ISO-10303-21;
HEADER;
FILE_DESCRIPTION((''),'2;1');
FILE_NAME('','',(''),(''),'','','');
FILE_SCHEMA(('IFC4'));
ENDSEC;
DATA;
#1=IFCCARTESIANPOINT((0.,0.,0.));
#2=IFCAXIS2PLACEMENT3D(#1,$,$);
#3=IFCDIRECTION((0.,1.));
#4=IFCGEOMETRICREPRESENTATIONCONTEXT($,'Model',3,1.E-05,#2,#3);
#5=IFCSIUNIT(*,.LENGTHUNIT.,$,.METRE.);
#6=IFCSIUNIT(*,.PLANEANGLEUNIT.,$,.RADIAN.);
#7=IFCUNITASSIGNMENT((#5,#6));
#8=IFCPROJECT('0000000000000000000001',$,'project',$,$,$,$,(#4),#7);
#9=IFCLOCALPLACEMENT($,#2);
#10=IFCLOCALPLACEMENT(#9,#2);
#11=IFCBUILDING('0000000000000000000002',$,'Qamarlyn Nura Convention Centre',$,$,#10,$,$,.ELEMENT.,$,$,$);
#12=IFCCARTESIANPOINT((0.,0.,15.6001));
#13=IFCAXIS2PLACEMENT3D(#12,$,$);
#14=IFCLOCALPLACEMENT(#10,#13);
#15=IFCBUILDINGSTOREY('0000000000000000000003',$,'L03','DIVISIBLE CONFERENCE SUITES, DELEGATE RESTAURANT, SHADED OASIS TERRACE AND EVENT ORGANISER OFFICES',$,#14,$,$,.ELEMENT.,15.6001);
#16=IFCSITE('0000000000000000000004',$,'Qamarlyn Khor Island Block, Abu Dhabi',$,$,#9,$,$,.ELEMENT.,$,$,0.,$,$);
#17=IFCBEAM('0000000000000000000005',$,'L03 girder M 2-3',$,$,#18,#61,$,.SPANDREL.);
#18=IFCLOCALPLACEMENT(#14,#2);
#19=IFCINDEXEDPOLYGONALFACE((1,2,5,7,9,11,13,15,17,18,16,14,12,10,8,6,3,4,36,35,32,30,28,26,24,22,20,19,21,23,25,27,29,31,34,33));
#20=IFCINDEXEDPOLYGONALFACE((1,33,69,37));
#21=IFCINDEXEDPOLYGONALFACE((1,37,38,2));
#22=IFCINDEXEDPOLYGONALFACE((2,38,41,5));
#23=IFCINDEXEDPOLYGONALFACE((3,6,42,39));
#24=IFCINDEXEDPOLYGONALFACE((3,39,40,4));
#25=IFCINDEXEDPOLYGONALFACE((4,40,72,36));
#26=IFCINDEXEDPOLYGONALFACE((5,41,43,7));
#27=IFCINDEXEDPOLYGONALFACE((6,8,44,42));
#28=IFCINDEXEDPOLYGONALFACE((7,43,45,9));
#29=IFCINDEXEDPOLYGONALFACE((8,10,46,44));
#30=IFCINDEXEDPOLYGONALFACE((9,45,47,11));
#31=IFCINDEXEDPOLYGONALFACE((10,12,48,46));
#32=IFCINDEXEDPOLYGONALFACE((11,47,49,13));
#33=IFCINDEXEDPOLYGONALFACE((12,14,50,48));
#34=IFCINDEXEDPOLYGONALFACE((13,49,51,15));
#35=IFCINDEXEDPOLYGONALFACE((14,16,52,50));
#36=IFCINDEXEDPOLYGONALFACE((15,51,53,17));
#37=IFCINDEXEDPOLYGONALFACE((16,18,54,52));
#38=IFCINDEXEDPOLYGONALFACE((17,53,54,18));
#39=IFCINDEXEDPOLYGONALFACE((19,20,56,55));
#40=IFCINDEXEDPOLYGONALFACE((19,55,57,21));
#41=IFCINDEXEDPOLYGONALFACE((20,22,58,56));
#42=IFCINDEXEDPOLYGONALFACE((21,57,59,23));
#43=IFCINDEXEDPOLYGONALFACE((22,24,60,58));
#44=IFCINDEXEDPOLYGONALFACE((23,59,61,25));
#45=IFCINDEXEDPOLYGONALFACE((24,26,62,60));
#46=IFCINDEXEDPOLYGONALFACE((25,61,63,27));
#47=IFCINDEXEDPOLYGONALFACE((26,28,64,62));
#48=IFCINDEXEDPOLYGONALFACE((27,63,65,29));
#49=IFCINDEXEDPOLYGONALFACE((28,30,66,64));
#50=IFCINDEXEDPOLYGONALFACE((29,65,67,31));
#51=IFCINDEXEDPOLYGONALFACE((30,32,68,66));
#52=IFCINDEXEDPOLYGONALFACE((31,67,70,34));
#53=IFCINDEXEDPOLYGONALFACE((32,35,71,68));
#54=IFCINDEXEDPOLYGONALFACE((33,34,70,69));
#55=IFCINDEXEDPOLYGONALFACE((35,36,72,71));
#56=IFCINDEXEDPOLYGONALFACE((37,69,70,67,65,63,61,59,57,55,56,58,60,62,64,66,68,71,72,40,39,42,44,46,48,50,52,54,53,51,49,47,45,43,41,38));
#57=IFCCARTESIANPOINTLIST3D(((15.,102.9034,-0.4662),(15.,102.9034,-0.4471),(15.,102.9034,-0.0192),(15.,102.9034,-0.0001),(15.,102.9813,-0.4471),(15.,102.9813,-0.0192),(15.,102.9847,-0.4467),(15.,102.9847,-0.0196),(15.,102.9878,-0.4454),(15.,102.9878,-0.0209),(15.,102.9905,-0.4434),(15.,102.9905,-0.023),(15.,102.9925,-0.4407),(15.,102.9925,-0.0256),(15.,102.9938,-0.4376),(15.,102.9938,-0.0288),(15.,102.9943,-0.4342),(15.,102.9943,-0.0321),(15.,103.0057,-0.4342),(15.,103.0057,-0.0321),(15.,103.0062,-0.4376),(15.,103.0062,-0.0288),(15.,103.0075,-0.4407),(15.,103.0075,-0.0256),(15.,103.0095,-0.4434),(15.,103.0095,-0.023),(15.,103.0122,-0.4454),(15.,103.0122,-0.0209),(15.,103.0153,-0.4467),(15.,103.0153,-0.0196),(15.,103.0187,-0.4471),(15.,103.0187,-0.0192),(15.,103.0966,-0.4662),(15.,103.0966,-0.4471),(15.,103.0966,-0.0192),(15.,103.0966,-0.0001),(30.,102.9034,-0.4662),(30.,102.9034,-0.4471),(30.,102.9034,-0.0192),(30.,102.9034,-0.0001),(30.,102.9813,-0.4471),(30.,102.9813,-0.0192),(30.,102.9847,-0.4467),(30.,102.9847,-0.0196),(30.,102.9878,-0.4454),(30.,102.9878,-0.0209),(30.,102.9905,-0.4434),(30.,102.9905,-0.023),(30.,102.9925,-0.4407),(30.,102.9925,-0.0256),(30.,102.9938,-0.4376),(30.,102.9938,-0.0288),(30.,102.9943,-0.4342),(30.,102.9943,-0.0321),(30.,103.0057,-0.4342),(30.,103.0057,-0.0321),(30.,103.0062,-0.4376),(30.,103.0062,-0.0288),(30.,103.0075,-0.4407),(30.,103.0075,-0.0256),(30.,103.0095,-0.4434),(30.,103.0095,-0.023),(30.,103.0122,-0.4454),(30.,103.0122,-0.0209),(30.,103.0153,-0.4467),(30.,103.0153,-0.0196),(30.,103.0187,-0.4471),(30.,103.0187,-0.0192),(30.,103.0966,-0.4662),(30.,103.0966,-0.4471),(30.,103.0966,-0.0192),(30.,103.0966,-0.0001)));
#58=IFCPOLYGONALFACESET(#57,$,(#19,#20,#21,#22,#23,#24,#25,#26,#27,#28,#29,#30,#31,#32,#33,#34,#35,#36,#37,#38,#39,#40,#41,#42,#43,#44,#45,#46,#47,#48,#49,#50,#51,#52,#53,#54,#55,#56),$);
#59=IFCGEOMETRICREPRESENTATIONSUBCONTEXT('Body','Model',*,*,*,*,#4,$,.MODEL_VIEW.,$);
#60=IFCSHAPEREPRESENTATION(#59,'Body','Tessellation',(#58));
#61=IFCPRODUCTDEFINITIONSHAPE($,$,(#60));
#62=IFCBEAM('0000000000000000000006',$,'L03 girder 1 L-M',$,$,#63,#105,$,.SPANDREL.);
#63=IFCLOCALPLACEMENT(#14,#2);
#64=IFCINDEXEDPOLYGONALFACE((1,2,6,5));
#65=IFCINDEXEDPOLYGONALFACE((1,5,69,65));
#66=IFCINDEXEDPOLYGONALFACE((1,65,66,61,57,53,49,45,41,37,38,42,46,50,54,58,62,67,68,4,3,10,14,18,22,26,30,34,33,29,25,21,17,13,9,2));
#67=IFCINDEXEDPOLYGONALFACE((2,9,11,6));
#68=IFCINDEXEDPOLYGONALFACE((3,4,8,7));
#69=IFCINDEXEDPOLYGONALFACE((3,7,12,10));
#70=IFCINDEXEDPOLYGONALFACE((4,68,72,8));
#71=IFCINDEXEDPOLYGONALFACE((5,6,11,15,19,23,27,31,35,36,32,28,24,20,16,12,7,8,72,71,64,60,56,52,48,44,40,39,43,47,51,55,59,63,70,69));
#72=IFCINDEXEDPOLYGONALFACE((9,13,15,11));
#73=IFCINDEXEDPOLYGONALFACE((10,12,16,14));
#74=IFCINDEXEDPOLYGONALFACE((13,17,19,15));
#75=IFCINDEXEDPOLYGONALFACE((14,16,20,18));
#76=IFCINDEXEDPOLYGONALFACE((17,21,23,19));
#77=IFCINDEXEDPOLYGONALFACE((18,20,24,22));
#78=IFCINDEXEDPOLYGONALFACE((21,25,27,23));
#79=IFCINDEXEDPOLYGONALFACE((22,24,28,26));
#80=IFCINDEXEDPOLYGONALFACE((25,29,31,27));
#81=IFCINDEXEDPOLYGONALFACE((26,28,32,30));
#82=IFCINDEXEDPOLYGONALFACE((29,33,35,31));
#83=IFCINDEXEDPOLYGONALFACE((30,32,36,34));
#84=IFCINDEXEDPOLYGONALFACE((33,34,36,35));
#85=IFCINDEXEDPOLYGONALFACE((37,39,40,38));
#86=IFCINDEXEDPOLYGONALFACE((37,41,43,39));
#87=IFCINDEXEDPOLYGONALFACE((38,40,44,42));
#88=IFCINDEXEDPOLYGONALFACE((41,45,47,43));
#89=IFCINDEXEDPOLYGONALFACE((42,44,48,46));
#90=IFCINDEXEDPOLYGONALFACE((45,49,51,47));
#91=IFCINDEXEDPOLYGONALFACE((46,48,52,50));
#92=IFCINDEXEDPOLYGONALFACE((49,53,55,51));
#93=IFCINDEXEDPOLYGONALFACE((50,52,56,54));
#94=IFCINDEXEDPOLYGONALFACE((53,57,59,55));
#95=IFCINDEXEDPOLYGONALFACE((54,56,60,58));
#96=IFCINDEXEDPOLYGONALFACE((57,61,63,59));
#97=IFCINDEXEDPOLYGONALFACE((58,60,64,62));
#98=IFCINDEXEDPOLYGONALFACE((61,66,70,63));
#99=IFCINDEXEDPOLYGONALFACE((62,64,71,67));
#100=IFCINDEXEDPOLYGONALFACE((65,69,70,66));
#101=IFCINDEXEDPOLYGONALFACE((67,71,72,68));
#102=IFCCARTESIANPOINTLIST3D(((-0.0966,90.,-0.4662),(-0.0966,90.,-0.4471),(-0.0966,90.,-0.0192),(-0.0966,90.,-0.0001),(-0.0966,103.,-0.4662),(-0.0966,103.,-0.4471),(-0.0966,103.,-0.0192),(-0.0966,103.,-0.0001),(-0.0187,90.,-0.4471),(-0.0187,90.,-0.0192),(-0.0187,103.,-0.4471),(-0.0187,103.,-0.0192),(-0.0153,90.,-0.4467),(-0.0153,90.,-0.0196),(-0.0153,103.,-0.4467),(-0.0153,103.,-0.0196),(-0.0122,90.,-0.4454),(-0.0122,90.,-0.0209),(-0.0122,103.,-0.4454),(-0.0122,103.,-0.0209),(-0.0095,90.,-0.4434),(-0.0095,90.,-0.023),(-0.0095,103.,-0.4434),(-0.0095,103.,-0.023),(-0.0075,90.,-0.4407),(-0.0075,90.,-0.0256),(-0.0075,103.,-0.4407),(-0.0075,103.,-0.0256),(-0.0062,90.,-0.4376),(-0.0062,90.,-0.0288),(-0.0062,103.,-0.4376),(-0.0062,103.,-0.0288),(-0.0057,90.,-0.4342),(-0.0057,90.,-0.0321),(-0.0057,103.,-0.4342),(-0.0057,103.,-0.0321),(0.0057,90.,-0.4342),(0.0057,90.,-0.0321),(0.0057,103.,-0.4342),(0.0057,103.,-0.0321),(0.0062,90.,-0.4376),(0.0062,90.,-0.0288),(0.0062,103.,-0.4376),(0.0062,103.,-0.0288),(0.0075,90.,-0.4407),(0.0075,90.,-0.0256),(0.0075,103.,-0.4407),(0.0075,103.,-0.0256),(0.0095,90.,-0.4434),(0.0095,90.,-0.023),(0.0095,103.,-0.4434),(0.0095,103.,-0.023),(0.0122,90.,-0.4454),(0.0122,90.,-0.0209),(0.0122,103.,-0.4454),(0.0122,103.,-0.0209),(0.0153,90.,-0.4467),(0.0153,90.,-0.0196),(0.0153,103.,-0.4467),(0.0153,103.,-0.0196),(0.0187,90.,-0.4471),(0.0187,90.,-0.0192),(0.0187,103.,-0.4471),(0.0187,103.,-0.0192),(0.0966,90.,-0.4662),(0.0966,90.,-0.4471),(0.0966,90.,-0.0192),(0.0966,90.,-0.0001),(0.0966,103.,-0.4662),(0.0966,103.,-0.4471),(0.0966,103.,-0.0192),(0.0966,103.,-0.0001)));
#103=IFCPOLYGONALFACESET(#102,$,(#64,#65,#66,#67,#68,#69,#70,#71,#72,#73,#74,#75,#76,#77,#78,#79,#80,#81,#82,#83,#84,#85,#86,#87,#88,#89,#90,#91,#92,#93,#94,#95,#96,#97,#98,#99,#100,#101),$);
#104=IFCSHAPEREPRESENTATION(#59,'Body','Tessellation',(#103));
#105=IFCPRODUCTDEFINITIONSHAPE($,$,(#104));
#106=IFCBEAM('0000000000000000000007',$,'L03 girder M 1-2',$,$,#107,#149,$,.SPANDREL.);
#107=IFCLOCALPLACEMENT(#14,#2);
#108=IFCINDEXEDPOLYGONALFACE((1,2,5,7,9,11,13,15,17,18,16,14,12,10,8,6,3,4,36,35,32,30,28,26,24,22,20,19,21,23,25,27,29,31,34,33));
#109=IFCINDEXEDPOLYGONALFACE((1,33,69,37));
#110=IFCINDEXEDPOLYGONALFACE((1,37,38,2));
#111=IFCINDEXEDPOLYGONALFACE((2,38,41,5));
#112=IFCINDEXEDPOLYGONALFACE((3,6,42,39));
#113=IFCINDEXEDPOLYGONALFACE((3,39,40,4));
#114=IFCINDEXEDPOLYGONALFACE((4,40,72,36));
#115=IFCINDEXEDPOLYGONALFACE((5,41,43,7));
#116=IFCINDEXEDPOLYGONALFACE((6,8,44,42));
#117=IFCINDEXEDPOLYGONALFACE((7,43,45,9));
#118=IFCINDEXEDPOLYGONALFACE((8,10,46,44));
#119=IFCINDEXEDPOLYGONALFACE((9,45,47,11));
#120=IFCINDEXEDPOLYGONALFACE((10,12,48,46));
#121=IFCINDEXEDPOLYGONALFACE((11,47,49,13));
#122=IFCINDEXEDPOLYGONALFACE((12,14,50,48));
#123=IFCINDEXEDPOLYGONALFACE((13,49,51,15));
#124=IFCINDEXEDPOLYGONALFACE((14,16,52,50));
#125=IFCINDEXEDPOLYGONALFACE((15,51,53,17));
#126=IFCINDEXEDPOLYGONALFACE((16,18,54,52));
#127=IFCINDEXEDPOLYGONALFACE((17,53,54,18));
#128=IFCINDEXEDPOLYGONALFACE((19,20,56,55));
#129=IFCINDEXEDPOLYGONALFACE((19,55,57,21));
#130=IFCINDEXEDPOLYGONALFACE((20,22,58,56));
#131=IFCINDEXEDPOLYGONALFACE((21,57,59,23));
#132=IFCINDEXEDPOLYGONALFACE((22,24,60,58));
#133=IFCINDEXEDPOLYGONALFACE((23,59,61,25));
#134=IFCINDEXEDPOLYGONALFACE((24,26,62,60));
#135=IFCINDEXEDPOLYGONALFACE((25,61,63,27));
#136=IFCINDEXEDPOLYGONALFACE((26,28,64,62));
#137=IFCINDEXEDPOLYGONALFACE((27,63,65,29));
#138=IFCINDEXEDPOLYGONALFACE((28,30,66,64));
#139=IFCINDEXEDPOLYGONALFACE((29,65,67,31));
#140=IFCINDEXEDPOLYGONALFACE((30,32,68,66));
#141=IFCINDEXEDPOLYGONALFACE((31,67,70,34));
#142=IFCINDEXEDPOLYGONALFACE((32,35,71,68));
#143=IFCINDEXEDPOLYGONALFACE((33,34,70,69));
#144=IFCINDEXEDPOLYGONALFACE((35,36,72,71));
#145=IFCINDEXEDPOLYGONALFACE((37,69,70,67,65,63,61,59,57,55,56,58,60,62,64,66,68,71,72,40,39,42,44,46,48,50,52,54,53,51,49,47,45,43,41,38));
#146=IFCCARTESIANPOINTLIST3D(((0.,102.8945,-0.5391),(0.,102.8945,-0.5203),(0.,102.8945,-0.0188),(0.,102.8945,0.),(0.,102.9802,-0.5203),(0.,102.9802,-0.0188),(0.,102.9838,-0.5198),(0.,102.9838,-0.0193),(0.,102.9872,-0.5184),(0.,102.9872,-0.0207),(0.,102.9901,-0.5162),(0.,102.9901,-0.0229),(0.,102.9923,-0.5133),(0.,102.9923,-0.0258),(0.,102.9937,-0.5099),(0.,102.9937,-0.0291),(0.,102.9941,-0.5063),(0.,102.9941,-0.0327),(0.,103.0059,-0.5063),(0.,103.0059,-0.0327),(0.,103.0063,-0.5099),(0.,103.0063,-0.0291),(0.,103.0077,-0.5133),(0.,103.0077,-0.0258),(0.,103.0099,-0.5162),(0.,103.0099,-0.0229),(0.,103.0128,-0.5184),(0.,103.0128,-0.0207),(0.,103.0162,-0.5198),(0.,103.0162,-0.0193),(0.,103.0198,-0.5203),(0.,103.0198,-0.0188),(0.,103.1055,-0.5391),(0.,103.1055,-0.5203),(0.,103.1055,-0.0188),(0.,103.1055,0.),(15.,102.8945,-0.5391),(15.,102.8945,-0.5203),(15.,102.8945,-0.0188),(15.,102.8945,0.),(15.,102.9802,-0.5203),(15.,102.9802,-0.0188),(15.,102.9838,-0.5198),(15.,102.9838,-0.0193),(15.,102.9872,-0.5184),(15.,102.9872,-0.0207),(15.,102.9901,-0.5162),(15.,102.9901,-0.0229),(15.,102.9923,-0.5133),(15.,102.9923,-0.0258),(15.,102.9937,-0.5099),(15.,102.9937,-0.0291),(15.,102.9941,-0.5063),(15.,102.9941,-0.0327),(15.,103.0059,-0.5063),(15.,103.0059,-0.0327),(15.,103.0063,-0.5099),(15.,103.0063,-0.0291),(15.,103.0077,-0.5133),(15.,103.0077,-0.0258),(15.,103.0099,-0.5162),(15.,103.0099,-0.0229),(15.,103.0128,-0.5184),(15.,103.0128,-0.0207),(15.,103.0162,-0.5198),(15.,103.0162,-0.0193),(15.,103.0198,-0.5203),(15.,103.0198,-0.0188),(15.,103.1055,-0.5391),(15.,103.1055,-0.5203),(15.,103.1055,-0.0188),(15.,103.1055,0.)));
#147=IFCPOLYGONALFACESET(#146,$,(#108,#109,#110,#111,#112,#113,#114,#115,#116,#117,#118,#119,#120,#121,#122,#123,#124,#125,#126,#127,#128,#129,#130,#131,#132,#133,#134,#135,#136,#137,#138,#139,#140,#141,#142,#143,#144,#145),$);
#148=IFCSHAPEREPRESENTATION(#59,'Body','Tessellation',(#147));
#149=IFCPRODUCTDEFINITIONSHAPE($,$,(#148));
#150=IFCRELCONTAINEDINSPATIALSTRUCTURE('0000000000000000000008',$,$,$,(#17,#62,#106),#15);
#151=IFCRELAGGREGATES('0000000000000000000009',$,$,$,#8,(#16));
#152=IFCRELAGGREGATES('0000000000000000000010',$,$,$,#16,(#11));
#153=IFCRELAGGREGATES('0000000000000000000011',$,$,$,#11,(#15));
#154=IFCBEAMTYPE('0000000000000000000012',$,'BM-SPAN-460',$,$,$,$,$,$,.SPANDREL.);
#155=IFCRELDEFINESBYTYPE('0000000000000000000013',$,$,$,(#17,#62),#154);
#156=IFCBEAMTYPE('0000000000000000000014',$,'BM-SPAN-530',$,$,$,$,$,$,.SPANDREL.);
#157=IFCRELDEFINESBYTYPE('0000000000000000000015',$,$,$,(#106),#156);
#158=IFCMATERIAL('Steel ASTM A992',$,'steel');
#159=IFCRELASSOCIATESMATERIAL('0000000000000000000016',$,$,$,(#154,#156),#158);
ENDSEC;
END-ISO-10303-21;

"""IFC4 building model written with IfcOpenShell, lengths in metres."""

from ifc_helpers import new_model, si_unit, direction, frame, origin, origin_2d, place, context, subcontext, project, spatial, i_section, extrude, material, material_profile, profile_set, type_object, element, save


model = new_model("IFC4")

# Units and contexts
model_context = context("Model", 3, precision=1e-05, world=origin(), true_north=direction((0.0, 1.0)))
body_context = subcontext(model_context, "Body", "Model", "MODEL_VIEW")
ifc_project = project(units=[si_unit("LENGTHUNIT", "METRE"), si_unit("PLANEANGLEUNIT", "RADIAN")], contexts=[model_context])

# Site, building, storey
site_placement = place(None, origin())
site = spatial("IfcSite", under=ifc_project, at=site_placement, Name="Qamarlyn Khor Island Block, Abu Dhabi", CompositionType="ELEMENT", RefElevation=0.0)
building_placement = place(site_placement, origin())
building = spatial("IfcBuilding", under=site, at=building_placement, Name="Qamarlyn Nura Convention Centre", CompositionType="ELEMENT")
storey_placement = place(building_placement, frame((0.0, 0.0, 15.6001)))
storey = spatial("IfcBuildingStorey", under=building, at=storey_placement, Name="L03", Description="DIVISIBLE CONFERENCE SUITES, DELEGATE RESTAURANT, SHADED OASIS TERRACE AND EVENT ORGANISER OFFICES", CompositionType="ELEMENT", Elevation=15.6001)

# Beams
ifc_material_1 = material(Name="Steel ASTM A992", Category="steel")
ifc_material_profile_1 = material_profile(ifc_material_1, i_section(OverallWidth=0.1931, OverallDepth=0.4661, WebThickness=0.0115, FlangeThickness=0.019, FilletRadius=0.0129, at=origin_2d()), Name="W460X97")
ifc_profile_set_1 = profile_set([ifc_material_profile_1], Name="Steel ASTM A992")
beam_type_1 = type_object("IfcBeamType", Name="BM-SPAN-460", PredefinedType="SPANDREL", material=ifc_profile_set_1)
beam_1_placement = place(storey_placement, frame((15.0, 103.0, -0.2332), z_axis=(1.0, 0.0, 0.0), x_axis=(0.0, 1.0, 0.0)))
element("IfcBeam", 1, at=beam_1_placement, inside=storey, type_object=beam_type_1, Name="L03 girder M 2-3", PredefinedType="SPANDREL", context=body_context, shape_type="SweptSolid", body=[
    extrude(i_section(OverallWidth=0.1931, OverallDepth=0.4661, WebThickness=0.0115, FlangeThickness=0.019, FilletRadius=0.0129, at=origin_2d()), origin(), (0.0, 0.0, 1.0), 15.0),
])
beam_2_placement = place(storey_placement, frame((0.0, 90.0, -0.2332), z_axis=(0.0, 1.0, 0.0), x_axis=(-1.0, 0.0, 0.0)))
element("IfcBeam", 2, at=beam_2_placement, inside=storey, type_object=beam_type_1, Name="L03 girder 1 L-M", PredefinedType="SPANDREL", context=body_context, shape_type="SweptSolid", body=[
    extrude(i_section(OverallWidth=0.1931, OverallDepth=0.4661, WebThickness=0.0115, FlangeThickness=0.019, FilletRadius=0.0129, at=origin_2d()), origin(), (0.0, 0.0, 1.0), 13.0),
])
ifc_material_profile_2 = material_profile(ifc_material_1, i_section(OverallWidth=0.2109, OverallDepth=0.5391, WebThickness=0.0117, FlangeThickness=0.0188, FilletRadius=0.0139, at=origin_2d()), Name="W530X109")
ifc_profile_set_2 = profile_set([ifc_material_profile_2], Name="Steel ASTM A992")
beam_type_2 = type_object("IfcBeamType", Name="BM-SPAN-530", PredefinedType="SPANDREL", material=ifc_profile_set_2)
beam_3_placement = place(storey_placement, frame((0.0, 103.0, -0.2695), z_axis=(1.0, 0.0, 0.0), x_axis=(0.0, 1.0, 0.0)))
element("IfcBeam", 3, at=beam_3_placement, inside=storey, type_object=beam_type_2, Name="L03 girder M 1-2", PredefinedType="SPANDREL", context=body_context, shape_type="SweptSolid", body=[
    extrude(i_section(OverallWidth=0.2109, OverallDepth=0.5391, WebThickness=0.0117, FlangeThickness=0.0188, FilletRadius=0.0139, at=origin_2d()), origin(), (0.0, 0.0, 1.0), 15.0),
])

save(model, "model.ifc")
